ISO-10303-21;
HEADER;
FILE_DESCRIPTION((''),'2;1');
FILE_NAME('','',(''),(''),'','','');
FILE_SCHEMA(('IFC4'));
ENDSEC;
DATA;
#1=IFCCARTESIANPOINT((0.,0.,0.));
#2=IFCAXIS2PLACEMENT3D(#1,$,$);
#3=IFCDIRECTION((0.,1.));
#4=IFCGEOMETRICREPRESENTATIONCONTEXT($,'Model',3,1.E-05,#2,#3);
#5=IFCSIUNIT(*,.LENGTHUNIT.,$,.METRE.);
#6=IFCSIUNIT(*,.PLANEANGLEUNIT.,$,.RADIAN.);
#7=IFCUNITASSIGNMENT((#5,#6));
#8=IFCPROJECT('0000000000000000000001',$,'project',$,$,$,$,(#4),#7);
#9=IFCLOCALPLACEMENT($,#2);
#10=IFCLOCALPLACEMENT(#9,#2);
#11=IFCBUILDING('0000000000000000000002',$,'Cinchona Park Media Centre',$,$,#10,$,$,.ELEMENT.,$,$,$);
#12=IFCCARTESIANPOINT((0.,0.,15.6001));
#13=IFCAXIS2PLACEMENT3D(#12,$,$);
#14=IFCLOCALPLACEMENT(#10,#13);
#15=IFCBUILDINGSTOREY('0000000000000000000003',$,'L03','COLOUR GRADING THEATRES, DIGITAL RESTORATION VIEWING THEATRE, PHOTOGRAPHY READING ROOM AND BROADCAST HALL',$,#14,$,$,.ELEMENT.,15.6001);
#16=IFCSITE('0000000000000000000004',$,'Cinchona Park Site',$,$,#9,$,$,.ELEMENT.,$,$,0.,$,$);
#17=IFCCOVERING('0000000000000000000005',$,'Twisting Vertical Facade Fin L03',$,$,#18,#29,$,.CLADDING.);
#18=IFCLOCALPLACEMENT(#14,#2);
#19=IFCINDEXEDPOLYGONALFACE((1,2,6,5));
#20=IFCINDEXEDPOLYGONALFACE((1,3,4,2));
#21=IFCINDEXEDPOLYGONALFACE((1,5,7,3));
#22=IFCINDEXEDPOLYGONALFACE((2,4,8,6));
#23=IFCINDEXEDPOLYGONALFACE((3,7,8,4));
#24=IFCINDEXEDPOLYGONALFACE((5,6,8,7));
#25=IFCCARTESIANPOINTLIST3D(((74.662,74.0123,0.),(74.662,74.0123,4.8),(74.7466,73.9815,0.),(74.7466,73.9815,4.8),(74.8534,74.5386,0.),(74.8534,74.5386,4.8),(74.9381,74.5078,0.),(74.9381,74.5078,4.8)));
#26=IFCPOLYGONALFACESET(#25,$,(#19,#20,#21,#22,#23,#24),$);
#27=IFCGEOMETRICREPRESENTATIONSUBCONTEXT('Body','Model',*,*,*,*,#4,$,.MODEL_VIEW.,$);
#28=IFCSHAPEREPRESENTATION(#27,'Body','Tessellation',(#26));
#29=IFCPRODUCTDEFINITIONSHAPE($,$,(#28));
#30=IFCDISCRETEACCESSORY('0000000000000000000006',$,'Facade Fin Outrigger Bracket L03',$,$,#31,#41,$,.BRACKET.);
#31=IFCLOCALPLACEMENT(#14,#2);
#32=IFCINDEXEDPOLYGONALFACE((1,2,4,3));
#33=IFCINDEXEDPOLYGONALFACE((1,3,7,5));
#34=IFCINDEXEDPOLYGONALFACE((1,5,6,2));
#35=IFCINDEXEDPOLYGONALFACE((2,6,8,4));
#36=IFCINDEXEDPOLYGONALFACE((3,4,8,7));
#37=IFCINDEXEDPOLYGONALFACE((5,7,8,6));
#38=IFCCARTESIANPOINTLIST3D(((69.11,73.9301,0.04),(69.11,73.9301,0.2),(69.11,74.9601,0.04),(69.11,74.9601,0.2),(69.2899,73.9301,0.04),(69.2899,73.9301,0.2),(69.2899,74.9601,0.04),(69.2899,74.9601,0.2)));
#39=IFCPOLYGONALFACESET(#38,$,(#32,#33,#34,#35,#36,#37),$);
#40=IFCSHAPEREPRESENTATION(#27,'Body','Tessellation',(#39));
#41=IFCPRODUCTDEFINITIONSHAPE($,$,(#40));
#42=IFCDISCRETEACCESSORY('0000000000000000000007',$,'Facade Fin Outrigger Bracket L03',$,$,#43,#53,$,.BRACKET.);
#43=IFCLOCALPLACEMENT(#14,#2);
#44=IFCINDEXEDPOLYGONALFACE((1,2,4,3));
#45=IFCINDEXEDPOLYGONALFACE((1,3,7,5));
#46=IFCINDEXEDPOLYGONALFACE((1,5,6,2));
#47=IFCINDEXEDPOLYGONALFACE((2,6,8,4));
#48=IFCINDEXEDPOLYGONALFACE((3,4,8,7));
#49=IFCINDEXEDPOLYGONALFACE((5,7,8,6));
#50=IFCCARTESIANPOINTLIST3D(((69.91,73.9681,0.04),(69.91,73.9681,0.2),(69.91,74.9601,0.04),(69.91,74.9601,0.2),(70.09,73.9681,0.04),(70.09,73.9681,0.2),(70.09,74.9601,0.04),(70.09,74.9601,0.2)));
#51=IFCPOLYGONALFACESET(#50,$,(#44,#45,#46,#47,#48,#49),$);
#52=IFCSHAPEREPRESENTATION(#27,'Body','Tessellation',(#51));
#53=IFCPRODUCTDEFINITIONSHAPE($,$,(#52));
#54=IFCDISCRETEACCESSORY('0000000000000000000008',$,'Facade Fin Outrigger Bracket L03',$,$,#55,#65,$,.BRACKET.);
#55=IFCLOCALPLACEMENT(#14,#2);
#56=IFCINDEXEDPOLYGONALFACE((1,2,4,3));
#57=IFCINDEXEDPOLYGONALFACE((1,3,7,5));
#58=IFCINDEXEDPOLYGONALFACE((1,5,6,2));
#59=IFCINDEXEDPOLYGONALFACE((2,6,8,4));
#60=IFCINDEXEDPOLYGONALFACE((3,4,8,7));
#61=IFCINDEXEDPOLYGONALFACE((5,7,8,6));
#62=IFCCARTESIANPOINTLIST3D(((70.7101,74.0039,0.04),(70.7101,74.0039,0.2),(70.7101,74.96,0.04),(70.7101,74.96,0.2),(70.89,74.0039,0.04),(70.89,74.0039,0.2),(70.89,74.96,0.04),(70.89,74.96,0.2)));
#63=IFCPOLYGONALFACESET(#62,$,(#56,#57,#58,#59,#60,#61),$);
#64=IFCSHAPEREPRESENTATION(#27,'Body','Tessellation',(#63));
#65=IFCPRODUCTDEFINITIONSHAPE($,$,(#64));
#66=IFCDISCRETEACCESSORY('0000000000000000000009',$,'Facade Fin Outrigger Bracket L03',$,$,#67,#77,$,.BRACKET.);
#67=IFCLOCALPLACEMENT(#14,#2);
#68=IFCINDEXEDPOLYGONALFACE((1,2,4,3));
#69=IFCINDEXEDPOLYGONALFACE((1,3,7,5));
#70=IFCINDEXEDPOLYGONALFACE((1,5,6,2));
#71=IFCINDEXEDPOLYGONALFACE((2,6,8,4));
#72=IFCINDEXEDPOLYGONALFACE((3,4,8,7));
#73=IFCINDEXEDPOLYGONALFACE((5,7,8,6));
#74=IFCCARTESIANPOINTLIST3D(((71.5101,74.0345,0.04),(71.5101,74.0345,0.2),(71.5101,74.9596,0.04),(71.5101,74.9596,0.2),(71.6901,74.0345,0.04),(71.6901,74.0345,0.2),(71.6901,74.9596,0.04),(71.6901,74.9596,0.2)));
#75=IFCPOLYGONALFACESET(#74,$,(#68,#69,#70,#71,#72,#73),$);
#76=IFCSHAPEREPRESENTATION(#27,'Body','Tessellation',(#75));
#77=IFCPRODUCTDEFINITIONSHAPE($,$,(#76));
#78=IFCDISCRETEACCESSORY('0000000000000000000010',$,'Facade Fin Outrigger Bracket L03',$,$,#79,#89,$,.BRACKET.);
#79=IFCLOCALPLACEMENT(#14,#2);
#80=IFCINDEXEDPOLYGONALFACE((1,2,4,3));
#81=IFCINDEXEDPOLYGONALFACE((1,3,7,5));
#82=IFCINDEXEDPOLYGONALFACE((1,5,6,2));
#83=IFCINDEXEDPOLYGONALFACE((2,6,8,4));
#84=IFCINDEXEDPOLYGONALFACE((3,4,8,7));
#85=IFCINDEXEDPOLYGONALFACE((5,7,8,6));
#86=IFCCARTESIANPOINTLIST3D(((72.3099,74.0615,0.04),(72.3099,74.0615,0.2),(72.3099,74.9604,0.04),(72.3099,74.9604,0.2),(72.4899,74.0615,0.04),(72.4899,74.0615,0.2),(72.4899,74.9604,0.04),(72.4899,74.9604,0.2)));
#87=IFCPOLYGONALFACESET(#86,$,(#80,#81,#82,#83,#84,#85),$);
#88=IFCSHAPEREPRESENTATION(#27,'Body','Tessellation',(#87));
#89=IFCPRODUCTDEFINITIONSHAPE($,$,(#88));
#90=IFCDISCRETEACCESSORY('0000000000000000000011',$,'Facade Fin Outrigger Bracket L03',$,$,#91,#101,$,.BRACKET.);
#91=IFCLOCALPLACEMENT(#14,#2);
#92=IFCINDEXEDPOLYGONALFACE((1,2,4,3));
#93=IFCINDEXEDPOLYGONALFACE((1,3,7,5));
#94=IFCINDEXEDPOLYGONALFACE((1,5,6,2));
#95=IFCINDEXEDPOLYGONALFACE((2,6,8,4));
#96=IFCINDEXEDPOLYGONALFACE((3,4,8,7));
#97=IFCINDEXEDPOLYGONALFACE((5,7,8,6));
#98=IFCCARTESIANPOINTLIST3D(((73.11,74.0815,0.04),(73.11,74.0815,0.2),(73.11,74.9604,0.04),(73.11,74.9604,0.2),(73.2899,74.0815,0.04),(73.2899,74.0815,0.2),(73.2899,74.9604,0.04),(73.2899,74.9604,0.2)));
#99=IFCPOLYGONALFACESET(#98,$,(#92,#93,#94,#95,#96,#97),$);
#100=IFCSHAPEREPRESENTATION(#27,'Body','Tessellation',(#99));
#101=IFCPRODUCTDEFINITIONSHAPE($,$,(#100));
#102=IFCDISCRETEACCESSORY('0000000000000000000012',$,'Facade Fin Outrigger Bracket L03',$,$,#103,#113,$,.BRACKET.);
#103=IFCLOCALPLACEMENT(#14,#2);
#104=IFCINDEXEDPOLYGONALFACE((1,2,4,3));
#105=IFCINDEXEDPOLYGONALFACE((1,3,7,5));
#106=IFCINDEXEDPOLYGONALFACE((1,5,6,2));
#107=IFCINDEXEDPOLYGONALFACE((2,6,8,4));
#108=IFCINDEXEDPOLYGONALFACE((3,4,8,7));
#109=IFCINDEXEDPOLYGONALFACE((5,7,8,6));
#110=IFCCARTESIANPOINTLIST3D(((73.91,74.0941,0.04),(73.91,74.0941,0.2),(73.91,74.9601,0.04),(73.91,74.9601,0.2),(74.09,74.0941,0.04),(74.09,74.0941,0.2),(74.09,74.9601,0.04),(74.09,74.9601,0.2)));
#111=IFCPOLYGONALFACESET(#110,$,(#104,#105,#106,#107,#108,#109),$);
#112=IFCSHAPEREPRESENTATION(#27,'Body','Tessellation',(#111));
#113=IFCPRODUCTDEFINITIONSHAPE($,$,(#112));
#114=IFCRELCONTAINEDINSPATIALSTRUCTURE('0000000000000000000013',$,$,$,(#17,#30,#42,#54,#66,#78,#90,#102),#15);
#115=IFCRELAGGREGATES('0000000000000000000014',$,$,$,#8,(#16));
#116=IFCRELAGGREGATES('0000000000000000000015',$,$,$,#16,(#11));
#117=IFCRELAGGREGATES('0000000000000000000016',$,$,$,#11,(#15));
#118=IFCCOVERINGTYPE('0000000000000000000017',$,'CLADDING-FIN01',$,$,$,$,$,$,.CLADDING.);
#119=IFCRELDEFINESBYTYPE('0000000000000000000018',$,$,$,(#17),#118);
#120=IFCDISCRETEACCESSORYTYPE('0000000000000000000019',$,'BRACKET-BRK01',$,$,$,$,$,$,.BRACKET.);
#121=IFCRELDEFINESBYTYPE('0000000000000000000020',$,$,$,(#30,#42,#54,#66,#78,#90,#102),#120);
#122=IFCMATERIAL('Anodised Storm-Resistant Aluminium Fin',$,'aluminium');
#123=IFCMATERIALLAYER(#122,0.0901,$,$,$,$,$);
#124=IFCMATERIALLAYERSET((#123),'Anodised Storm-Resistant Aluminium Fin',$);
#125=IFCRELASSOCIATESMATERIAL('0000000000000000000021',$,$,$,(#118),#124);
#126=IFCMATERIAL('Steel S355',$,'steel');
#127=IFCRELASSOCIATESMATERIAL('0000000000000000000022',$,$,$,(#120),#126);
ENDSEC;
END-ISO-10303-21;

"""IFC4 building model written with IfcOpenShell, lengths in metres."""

from ifc_helpers import new_model, si_unit, direction, frame, origin, origin_2d, place, context, subcontext, project, spatial, rectangle, extrude, material, layer, layer_set, type_object, element, save


model = new_model("IFC4")

# Units and contexts
model_context = context("Model", 3, precision=1e-05, world=origin(), true_north=direction((0.0, 1.0)))
body_context = subcontext(model_context, "Body", "Model", "MODEL_VIEW")
ifc_project = project(units=[si_unit("LENGTHUNIT", "METRE"), si_unit("PLANEANGLEUNIT", "RADIAN")], contexts=[model_context])

# Site, building, storey
site_placement = place(None, origin())
site = spatial("IfcSite", under=ifc_project, at=site_placement, Name="Cinchona Park Site", CompositionType="ELEMENT", RefElevation=0.0)
building_placement = place(site_placement, origin())
building = spatial("IfcBuilding", under=site, at=building_placement, Name="Cinchona Park Media Centre", CompositionType="ELEMENT")
storey_placement = place(building_placement, frame((0.0, 0.0, 15.6001)))
storey = spatial("IfcBuildingStorey", under=building, at=storey_placement, Name="L03", Description="COLOUR GRADING THEATRES, DIGITAL RESTORATION VIEWING THEATRE, PHOTOGRAPHY READING ROOM AND BROADCAST HALL", CompositionType="ELEMENT", Elevation=15.6001)

# Covering
ifc_material_1 = material(Name="Anodised Storm-Resistant Aluminium Fin", Category="aluminium")
ifc_layer_1 = layer(ifc_material_1, 0.0901)
ifc_layer_set_1 = layer_set([ifc_layer_1], Name="Anodised Storm-Resistant Aluminium Fin")
covering_type = type_object("IfcCoveringType", Name="CLADDING-FIN01", PredefinedType="CLADDING", material=ifc_layer_set_1)
for number, where, z_axis, x_axis, name in (
    (1, (74.8, 74.26, 0.0), (0.0, 0.0, 1.0), (0.341856, 0.939752, 0.0), "Twisting Vertical Facade Fin L03"),
):
    element("IfcCovering", number, at=place(storey_placement, frame(where, z_axis=z_axis, x_axis=x_axis)), inside=storey, type_object=covering_type, Name=name, PredefinedType="CLADDING", context=body_context, shape_type="SweptSolid", body=[
        extrude(rectangle(XDim=0.5601, YDim=0.0901, at=origin_2d()), origin(), (0.0, 0.0, 1.0), 4.8),
    ])

# Discrete accessories
ifc_material_2 = material(Name="Steel S355", Category="steel")
discrete_accessory_type = type_object("IfcDiscreteAccessoryType", Name="BRACKET-BRK01", PredefinedType="BRACKET", material=ifc_material_2)
discrete_accessory_1_placement = place(storey_placement, frame((69.2, 74.4451, 0.04), z_axis=(0.0, 0.0, 1.0), x_axis=(1.0, 0.0, 0.0)))
element("IfcDiscreteAccessory", 2, at=discrete_accessory_1_placement, inside=storey, type_object=discrete_accessory_type, Name="Facade Fin Outrigger Bracket L03", PredefinedType="BRACKET", context=body_context, shape_type="SweptSolid", body=[
    extrude(rectangle(XDim=0.1799, YDim=1.03, at=origin_2d()), origin(), (0.0, 0.0, 1.0), 0.1599),
])
discrete_accessory_2_placement = place(storey_placement, frame((70.0, 74.4641, 0.04), z_axis=(0.0, 0.0, 1.0), x_axis=(1.0, 0.0, 0.0)))
element("IfcDiscreteAccessory", 3, at=discrete_accessory_2_placement, inside=storey, type_object=discrete_accessory_type, Name="Facade Fin Outrigger Bracket L03", PredefinedType="BRACKET", context=body_context, shape_type="SweptSolid", body=[
    extrude(rectangle(XDim=0.1799, YDim=0.9919, at=origin_2d()), origin(), (0.0, 0.0, 1.0), 0.1599),
])
discrete_accessory_3_placement = place(storey_placement, frame((70.8, 74.4819, 0.04), z_axis=(0.0, 0.0, 1.0), x_axis=(1.0, 0.0, 0.0)))
element("IfcDiscreteAccessory", 4, at=discrete_accessory_3_placement, inside=storey, type_object=discrete_accessory_type, Name="Facade Fin Outrigger Bracket L03", PredefinedType="BRACKET", context=body_context, shape_type="SweptSolid", body=[
    extrude(rectangle(XDim=0.1799, YDim=0.9561, at=origin_2d()), origin(), (0.0, 0.0, 1.0), 0.1599),
])
discrete_accessory_4_placement = place(storey_placement, frame((71.6001, 74.4971, 0.04), z_axis=(0.0, 0.0, 1.0), x_axis=(1.0, 0.0, 0.0)))
element("IfcDiscreteAccessory", 5, at=discrete_accessory_4_placement, inside=storey, type_object=discrete_accessory_type, Name="Facade Fin Outrigger Bracket L03", PredefinedType="BRACKET", context=body_context, shape_type="SweptSolid", body=[
    extrude(rectangle(XDim=0.1799, YDim=0.925, at=origin_2d()), origin(), (0.0, 0.0, 1.0), 0.1599),
])
discrete_accessory_5_placement = place(storey_placement, frame((72.3999, 74.511, 0.04), z_axis=(0.0, 0.0, 1.0), x_axis=(1.0, 0.0, 0.0)))
element("IfcDiscreteAccessory", 6, at=discrete_accessory_5_placement, inside=storey, type_object=discrete_accessory_type, Name="Facade Fin Outrigger Bracket L03", PredefinedType="BRACKET", context=body_context, shape_type="SweptSolid", body=[
    extrude(rectangle(XDim=0.1799, YDim=0.8989, at=origin_2d()), origin(), (0.0, 0.0, 1.0), 0.1599),
])
discrete_accessory_6_placement = place(storey_placement, frame((73.2, 74.521, 0.04), z_axis=(0.0, 0.0, 1.0), x_axis=(1.0, 0.0, 0.0)))
element("IfcDiscreteAccessory", 7, at=discrete_accessory_6_placement, inside=storey, type_object=discrete_accessory_type, Name="Facade Fin Outrigger Bracket L03", PredefinedType="BRACKET", context=body_context, shape_type="SweptSolid", body=[
    extrude(rectangle(XDim=0.1799, YDim=0.8789, at=origin_2d()), origin(), (0.0, 0.0, 1.0), 0.1599),
])
discrete_accessory_7_placement = place(storey_placement, frame((74.0, 74.5271, 0.04), z_axis=(0.0, 0.0, 1.0), x_axis=(1.0, 0.0, 0.0)))
element("IfcDiscreteAccessory", 8, at=discrete_accessory_7_placement, inside=storey, type_object=discrete_accessory_type, Name="Facade Fin Outrigger Bracket L03", PredefinedType="BRACKET", context=body_context, shape_type="SweptSolid", body=[
    extrude(rectangle(XDim=0.1799, YDim=0.866, at=origin_2d()), origin(), (0.0, 0.0, 1.0), 0.1599),
])

save(model, "model.ifc")
